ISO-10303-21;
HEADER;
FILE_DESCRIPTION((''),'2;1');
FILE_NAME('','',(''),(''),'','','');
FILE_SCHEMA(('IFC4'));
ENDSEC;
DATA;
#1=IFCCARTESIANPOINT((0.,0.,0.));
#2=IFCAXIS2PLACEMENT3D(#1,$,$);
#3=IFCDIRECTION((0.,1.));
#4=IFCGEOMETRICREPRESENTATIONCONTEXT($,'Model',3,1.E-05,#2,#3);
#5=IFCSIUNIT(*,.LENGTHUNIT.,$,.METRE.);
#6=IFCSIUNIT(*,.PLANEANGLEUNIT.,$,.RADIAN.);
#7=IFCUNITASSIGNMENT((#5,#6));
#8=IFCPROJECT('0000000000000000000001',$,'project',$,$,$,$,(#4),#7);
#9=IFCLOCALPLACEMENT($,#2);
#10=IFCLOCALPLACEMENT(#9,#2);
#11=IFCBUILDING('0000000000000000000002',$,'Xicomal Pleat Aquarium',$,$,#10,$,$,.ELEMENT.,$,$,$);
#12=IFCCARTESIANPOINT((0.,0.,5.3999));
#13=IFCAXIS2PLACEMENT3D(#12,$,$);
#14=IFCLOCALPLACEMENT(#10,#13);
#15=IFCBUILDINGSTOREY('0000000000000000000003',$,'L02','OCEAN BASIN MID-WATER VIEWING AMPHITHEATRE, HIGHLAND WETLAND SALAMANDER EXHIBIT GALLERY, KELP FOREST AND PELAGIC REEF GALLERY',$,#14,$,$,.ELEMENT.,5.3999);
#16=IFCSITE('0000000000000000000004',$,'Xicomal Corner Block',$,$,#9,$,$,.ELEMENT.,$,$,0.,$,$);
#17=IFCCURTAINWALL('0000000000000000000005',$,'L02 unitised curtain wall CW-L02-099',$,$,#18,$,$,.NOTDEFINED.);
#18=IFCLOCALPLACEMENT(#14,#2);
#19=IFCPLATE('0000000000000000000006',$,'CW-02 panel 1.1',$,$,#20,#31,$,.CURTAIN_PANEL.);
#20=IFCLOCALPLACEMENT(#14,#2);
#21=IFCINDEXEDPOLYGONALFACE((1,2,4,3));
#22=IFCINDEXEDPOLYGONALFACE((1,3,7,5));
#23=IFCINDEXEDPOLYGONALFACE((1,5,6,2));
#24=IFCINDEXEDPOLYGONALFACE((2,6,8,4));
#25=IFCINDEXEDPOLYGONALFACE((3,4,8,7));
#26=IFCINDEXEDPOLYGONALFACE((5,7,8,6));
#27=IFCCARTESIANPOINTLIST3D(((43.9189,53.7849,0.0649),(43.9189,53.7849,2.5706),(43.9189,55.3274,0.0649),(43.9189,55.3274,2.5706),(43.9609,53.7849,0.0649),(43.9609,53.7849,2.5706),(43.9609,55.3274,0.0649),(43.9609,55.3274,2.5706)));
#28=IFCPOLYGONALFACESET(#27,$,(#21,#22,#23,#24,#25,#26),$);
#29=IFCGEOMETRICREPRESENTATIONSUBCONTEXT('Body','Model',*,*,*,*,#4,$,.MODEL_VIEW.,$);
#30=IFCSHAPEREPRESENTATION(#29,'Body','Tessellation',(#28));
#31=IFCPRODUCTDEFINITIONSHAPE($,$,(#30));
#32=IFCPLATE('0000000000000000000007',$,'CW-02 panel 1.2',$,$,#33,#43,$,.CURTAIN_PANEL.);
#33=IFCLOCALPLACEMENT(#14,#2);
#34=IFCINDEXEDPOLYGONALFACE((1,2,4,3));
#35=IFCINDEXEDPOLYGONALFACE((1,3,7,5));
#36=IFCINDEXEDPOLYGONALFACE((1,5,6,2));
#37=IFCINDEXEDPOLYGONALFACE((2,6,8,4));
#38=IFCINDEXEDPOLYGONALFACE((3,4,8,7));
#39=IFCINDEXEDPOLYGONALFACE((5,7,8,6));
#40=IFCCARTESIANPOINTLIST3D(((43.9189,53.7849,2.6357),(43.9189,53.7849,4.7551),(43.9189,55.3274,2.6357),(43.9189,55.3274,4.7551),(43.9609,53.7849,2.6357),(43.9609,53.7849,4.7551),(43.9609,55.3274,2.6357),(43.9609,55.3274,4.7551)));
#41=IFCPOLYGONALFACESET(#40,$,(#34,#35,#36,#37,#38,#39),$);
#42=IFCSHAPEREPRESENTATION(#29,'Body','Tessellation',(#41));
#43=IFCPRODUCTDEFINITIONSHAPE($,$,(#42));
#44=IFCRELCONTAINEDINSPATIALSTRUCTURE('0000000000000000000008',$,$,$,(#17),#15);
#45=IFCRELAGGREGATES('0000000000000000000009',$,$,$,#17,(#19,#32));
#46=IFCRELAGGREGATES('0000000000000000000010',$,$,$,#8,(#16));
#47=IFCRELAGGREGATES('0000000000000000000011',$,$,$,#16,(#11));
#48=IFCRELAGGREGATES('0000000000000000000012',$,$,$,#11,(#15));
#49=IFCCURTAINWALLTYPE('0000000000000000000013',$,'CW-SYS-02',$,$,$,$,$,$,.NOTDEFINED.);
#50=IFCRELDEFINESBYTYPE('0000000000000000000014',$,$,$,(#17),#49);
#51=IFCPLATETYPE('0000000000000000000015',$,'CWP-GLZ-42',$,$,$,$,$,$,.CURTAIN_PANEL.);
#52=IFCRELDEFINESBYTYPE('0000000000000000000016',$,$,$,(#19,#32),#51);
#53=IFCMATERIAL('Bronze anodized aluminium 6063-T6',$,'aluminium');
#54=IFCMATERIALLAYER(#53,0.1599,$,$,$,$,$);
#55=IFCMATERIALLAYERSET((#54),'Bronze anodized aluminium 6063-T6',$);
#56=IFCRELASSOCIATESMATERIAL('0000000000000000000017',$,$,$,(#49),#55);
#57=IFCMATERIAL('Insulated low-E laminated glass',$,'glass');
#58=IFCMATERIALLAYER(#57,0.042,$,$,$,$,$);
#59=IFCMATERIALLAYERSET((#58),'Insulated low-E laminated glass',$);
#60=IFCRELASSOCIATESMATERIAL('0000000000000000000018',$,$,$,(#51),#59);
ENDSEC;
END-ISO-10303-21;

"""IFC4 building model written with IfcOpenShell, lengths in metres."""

from ifc_helpers import new_model, si_unit, direction, frame, origin, origin_2d, place, context, subcontext, project, spatial, rectangle, extrude, material, layer, layer_set, type_object, element, aggregate, save


model = new_model("IFC4")

# Units and contexts
model_context = context("Model", 3, precision=1e-05, world=origin(), true_north=direction((0.0, 1.0)))
body_context = subcontext(model_context, "Body", "Model", "MODEL_VIEW")
ifc_project = project(units=[si_unit("LENGTHUNIT", "METRE"), si_unit("PLANEANGLEUNIT", "RADIAN")], contexts=[model_context])

# Site, building, storey
site_placement = place(None, origin())
site = spatial("IfcSite", under=ifc_project, at=site_placement, Name="Xicomal Corner Block", CompositionType="ELEMENT", RefElevation=0.0)
building_placement = place(site_placement, origin())
building = spatial("IfcBuilding", under=site, at=building_placement, Name="Xicomal Pleat Aquarium", CompositionType="ELEMENT")
storey_placement = place(building_placement, frame((0.0, 0.0, 5.3999)))
storey = spatial("IfcBuildingStorey", under=building, at=storey_placement, Name="L02", Description="OCEAN BASIN MID-WATER VIEWING AMPHITHEATRE, HIGHLAND WETLAND SALAMANDER EXHIBIT GALLERY, KELP FOREST AND PELAGIC REEF GALLERY", CompositionType="ELEMENT", Elevation=5.3999)

# Curtain wall
ifc_material_1 = material(Name="Bronze anodized aluminium 6063-T6", Category="aluminium")
ifc_layer_1 = layer(ifc_material_1, 0.1599)
ifc_layer_set_1 = layer_set([ifc_layer_1], Name="Bronze anodized aluminium 6063-T6")
curtain_wall_type_1 = type_object("IfcCurtainWallType", Name="CW-SYS-02", PredefinedType="NOTDEFINED", material=ifc_layer_set_1)
curtain_wall_1_placement = place(storey_placement, origin())
curtain_wall_1 = element("IfcCurtainWall", 1, at=curtain_wall_1_placement, inside=storey, type_object=curtain_wall_type_1, Name="L02 unitised curtain wall CW-L02-099", PredefinedType="NOTDEFINED")

# Plates
ifc_material_2 = material(Name="Insulated low-E laminated glass", Category="glass")
ifc_layer_2 = layer(ifc_material_2, 0.042)
ifc_layer_set_2 = layer_set([ifc_layer_2], Name="Insulated low-E laminated glass")
plate_type_1 = type_object("IfcPlateType", Name="CWP-GLZ-42", PredefinedType="CURTAIN_PANEL", material=ifc_layer_set_2)
plate_1_placement = place(storey_placement, frame((43.9399, 54.5562, 0.0649), z_axis=(0.0, 0.0, 1.0), x_axis=(0.0, 1.0, 0.0)))
plate_1 = element("IfcPlate", 2, at=plate_1_placement, type_object=plate_type_1, Name="CW-02 panel 1.1", PredefinedType="CURTAIN_PANEL", context=body_context, shape_type="SweptSolid", body=[
    extrude(rectangle(XDim=1.5425, YDim=0.042, at=origin_2d()), origin(), (0.0, 0.0, 1.0), 2.5056),
])
plate_2_placement = place(storey_placement, frame((43.9399, 54.5562, 2.6357), z_axis=(0.0, 0.0, 1.0), x_axis=(0.0, 1.0, 0.0)))
plate_2 = element("IfcPlate", 3, at=plate_2_placement, type_object=plate_type_1, Name="CW-02 panel 1.2", PredefinedType="CURTAIN_PANEL", context=body_context, shape_type="SweptSolid", body=[
    extrude(rectangle(XDim=1.5425, YDim=0.042, at=origin_2d()), origin(), (0.0, 0.0, 1.0), 2.1194),
])
aggregate(curtain_wall_1, [plate_1, plate_2])

save(model, "model.ifc")
